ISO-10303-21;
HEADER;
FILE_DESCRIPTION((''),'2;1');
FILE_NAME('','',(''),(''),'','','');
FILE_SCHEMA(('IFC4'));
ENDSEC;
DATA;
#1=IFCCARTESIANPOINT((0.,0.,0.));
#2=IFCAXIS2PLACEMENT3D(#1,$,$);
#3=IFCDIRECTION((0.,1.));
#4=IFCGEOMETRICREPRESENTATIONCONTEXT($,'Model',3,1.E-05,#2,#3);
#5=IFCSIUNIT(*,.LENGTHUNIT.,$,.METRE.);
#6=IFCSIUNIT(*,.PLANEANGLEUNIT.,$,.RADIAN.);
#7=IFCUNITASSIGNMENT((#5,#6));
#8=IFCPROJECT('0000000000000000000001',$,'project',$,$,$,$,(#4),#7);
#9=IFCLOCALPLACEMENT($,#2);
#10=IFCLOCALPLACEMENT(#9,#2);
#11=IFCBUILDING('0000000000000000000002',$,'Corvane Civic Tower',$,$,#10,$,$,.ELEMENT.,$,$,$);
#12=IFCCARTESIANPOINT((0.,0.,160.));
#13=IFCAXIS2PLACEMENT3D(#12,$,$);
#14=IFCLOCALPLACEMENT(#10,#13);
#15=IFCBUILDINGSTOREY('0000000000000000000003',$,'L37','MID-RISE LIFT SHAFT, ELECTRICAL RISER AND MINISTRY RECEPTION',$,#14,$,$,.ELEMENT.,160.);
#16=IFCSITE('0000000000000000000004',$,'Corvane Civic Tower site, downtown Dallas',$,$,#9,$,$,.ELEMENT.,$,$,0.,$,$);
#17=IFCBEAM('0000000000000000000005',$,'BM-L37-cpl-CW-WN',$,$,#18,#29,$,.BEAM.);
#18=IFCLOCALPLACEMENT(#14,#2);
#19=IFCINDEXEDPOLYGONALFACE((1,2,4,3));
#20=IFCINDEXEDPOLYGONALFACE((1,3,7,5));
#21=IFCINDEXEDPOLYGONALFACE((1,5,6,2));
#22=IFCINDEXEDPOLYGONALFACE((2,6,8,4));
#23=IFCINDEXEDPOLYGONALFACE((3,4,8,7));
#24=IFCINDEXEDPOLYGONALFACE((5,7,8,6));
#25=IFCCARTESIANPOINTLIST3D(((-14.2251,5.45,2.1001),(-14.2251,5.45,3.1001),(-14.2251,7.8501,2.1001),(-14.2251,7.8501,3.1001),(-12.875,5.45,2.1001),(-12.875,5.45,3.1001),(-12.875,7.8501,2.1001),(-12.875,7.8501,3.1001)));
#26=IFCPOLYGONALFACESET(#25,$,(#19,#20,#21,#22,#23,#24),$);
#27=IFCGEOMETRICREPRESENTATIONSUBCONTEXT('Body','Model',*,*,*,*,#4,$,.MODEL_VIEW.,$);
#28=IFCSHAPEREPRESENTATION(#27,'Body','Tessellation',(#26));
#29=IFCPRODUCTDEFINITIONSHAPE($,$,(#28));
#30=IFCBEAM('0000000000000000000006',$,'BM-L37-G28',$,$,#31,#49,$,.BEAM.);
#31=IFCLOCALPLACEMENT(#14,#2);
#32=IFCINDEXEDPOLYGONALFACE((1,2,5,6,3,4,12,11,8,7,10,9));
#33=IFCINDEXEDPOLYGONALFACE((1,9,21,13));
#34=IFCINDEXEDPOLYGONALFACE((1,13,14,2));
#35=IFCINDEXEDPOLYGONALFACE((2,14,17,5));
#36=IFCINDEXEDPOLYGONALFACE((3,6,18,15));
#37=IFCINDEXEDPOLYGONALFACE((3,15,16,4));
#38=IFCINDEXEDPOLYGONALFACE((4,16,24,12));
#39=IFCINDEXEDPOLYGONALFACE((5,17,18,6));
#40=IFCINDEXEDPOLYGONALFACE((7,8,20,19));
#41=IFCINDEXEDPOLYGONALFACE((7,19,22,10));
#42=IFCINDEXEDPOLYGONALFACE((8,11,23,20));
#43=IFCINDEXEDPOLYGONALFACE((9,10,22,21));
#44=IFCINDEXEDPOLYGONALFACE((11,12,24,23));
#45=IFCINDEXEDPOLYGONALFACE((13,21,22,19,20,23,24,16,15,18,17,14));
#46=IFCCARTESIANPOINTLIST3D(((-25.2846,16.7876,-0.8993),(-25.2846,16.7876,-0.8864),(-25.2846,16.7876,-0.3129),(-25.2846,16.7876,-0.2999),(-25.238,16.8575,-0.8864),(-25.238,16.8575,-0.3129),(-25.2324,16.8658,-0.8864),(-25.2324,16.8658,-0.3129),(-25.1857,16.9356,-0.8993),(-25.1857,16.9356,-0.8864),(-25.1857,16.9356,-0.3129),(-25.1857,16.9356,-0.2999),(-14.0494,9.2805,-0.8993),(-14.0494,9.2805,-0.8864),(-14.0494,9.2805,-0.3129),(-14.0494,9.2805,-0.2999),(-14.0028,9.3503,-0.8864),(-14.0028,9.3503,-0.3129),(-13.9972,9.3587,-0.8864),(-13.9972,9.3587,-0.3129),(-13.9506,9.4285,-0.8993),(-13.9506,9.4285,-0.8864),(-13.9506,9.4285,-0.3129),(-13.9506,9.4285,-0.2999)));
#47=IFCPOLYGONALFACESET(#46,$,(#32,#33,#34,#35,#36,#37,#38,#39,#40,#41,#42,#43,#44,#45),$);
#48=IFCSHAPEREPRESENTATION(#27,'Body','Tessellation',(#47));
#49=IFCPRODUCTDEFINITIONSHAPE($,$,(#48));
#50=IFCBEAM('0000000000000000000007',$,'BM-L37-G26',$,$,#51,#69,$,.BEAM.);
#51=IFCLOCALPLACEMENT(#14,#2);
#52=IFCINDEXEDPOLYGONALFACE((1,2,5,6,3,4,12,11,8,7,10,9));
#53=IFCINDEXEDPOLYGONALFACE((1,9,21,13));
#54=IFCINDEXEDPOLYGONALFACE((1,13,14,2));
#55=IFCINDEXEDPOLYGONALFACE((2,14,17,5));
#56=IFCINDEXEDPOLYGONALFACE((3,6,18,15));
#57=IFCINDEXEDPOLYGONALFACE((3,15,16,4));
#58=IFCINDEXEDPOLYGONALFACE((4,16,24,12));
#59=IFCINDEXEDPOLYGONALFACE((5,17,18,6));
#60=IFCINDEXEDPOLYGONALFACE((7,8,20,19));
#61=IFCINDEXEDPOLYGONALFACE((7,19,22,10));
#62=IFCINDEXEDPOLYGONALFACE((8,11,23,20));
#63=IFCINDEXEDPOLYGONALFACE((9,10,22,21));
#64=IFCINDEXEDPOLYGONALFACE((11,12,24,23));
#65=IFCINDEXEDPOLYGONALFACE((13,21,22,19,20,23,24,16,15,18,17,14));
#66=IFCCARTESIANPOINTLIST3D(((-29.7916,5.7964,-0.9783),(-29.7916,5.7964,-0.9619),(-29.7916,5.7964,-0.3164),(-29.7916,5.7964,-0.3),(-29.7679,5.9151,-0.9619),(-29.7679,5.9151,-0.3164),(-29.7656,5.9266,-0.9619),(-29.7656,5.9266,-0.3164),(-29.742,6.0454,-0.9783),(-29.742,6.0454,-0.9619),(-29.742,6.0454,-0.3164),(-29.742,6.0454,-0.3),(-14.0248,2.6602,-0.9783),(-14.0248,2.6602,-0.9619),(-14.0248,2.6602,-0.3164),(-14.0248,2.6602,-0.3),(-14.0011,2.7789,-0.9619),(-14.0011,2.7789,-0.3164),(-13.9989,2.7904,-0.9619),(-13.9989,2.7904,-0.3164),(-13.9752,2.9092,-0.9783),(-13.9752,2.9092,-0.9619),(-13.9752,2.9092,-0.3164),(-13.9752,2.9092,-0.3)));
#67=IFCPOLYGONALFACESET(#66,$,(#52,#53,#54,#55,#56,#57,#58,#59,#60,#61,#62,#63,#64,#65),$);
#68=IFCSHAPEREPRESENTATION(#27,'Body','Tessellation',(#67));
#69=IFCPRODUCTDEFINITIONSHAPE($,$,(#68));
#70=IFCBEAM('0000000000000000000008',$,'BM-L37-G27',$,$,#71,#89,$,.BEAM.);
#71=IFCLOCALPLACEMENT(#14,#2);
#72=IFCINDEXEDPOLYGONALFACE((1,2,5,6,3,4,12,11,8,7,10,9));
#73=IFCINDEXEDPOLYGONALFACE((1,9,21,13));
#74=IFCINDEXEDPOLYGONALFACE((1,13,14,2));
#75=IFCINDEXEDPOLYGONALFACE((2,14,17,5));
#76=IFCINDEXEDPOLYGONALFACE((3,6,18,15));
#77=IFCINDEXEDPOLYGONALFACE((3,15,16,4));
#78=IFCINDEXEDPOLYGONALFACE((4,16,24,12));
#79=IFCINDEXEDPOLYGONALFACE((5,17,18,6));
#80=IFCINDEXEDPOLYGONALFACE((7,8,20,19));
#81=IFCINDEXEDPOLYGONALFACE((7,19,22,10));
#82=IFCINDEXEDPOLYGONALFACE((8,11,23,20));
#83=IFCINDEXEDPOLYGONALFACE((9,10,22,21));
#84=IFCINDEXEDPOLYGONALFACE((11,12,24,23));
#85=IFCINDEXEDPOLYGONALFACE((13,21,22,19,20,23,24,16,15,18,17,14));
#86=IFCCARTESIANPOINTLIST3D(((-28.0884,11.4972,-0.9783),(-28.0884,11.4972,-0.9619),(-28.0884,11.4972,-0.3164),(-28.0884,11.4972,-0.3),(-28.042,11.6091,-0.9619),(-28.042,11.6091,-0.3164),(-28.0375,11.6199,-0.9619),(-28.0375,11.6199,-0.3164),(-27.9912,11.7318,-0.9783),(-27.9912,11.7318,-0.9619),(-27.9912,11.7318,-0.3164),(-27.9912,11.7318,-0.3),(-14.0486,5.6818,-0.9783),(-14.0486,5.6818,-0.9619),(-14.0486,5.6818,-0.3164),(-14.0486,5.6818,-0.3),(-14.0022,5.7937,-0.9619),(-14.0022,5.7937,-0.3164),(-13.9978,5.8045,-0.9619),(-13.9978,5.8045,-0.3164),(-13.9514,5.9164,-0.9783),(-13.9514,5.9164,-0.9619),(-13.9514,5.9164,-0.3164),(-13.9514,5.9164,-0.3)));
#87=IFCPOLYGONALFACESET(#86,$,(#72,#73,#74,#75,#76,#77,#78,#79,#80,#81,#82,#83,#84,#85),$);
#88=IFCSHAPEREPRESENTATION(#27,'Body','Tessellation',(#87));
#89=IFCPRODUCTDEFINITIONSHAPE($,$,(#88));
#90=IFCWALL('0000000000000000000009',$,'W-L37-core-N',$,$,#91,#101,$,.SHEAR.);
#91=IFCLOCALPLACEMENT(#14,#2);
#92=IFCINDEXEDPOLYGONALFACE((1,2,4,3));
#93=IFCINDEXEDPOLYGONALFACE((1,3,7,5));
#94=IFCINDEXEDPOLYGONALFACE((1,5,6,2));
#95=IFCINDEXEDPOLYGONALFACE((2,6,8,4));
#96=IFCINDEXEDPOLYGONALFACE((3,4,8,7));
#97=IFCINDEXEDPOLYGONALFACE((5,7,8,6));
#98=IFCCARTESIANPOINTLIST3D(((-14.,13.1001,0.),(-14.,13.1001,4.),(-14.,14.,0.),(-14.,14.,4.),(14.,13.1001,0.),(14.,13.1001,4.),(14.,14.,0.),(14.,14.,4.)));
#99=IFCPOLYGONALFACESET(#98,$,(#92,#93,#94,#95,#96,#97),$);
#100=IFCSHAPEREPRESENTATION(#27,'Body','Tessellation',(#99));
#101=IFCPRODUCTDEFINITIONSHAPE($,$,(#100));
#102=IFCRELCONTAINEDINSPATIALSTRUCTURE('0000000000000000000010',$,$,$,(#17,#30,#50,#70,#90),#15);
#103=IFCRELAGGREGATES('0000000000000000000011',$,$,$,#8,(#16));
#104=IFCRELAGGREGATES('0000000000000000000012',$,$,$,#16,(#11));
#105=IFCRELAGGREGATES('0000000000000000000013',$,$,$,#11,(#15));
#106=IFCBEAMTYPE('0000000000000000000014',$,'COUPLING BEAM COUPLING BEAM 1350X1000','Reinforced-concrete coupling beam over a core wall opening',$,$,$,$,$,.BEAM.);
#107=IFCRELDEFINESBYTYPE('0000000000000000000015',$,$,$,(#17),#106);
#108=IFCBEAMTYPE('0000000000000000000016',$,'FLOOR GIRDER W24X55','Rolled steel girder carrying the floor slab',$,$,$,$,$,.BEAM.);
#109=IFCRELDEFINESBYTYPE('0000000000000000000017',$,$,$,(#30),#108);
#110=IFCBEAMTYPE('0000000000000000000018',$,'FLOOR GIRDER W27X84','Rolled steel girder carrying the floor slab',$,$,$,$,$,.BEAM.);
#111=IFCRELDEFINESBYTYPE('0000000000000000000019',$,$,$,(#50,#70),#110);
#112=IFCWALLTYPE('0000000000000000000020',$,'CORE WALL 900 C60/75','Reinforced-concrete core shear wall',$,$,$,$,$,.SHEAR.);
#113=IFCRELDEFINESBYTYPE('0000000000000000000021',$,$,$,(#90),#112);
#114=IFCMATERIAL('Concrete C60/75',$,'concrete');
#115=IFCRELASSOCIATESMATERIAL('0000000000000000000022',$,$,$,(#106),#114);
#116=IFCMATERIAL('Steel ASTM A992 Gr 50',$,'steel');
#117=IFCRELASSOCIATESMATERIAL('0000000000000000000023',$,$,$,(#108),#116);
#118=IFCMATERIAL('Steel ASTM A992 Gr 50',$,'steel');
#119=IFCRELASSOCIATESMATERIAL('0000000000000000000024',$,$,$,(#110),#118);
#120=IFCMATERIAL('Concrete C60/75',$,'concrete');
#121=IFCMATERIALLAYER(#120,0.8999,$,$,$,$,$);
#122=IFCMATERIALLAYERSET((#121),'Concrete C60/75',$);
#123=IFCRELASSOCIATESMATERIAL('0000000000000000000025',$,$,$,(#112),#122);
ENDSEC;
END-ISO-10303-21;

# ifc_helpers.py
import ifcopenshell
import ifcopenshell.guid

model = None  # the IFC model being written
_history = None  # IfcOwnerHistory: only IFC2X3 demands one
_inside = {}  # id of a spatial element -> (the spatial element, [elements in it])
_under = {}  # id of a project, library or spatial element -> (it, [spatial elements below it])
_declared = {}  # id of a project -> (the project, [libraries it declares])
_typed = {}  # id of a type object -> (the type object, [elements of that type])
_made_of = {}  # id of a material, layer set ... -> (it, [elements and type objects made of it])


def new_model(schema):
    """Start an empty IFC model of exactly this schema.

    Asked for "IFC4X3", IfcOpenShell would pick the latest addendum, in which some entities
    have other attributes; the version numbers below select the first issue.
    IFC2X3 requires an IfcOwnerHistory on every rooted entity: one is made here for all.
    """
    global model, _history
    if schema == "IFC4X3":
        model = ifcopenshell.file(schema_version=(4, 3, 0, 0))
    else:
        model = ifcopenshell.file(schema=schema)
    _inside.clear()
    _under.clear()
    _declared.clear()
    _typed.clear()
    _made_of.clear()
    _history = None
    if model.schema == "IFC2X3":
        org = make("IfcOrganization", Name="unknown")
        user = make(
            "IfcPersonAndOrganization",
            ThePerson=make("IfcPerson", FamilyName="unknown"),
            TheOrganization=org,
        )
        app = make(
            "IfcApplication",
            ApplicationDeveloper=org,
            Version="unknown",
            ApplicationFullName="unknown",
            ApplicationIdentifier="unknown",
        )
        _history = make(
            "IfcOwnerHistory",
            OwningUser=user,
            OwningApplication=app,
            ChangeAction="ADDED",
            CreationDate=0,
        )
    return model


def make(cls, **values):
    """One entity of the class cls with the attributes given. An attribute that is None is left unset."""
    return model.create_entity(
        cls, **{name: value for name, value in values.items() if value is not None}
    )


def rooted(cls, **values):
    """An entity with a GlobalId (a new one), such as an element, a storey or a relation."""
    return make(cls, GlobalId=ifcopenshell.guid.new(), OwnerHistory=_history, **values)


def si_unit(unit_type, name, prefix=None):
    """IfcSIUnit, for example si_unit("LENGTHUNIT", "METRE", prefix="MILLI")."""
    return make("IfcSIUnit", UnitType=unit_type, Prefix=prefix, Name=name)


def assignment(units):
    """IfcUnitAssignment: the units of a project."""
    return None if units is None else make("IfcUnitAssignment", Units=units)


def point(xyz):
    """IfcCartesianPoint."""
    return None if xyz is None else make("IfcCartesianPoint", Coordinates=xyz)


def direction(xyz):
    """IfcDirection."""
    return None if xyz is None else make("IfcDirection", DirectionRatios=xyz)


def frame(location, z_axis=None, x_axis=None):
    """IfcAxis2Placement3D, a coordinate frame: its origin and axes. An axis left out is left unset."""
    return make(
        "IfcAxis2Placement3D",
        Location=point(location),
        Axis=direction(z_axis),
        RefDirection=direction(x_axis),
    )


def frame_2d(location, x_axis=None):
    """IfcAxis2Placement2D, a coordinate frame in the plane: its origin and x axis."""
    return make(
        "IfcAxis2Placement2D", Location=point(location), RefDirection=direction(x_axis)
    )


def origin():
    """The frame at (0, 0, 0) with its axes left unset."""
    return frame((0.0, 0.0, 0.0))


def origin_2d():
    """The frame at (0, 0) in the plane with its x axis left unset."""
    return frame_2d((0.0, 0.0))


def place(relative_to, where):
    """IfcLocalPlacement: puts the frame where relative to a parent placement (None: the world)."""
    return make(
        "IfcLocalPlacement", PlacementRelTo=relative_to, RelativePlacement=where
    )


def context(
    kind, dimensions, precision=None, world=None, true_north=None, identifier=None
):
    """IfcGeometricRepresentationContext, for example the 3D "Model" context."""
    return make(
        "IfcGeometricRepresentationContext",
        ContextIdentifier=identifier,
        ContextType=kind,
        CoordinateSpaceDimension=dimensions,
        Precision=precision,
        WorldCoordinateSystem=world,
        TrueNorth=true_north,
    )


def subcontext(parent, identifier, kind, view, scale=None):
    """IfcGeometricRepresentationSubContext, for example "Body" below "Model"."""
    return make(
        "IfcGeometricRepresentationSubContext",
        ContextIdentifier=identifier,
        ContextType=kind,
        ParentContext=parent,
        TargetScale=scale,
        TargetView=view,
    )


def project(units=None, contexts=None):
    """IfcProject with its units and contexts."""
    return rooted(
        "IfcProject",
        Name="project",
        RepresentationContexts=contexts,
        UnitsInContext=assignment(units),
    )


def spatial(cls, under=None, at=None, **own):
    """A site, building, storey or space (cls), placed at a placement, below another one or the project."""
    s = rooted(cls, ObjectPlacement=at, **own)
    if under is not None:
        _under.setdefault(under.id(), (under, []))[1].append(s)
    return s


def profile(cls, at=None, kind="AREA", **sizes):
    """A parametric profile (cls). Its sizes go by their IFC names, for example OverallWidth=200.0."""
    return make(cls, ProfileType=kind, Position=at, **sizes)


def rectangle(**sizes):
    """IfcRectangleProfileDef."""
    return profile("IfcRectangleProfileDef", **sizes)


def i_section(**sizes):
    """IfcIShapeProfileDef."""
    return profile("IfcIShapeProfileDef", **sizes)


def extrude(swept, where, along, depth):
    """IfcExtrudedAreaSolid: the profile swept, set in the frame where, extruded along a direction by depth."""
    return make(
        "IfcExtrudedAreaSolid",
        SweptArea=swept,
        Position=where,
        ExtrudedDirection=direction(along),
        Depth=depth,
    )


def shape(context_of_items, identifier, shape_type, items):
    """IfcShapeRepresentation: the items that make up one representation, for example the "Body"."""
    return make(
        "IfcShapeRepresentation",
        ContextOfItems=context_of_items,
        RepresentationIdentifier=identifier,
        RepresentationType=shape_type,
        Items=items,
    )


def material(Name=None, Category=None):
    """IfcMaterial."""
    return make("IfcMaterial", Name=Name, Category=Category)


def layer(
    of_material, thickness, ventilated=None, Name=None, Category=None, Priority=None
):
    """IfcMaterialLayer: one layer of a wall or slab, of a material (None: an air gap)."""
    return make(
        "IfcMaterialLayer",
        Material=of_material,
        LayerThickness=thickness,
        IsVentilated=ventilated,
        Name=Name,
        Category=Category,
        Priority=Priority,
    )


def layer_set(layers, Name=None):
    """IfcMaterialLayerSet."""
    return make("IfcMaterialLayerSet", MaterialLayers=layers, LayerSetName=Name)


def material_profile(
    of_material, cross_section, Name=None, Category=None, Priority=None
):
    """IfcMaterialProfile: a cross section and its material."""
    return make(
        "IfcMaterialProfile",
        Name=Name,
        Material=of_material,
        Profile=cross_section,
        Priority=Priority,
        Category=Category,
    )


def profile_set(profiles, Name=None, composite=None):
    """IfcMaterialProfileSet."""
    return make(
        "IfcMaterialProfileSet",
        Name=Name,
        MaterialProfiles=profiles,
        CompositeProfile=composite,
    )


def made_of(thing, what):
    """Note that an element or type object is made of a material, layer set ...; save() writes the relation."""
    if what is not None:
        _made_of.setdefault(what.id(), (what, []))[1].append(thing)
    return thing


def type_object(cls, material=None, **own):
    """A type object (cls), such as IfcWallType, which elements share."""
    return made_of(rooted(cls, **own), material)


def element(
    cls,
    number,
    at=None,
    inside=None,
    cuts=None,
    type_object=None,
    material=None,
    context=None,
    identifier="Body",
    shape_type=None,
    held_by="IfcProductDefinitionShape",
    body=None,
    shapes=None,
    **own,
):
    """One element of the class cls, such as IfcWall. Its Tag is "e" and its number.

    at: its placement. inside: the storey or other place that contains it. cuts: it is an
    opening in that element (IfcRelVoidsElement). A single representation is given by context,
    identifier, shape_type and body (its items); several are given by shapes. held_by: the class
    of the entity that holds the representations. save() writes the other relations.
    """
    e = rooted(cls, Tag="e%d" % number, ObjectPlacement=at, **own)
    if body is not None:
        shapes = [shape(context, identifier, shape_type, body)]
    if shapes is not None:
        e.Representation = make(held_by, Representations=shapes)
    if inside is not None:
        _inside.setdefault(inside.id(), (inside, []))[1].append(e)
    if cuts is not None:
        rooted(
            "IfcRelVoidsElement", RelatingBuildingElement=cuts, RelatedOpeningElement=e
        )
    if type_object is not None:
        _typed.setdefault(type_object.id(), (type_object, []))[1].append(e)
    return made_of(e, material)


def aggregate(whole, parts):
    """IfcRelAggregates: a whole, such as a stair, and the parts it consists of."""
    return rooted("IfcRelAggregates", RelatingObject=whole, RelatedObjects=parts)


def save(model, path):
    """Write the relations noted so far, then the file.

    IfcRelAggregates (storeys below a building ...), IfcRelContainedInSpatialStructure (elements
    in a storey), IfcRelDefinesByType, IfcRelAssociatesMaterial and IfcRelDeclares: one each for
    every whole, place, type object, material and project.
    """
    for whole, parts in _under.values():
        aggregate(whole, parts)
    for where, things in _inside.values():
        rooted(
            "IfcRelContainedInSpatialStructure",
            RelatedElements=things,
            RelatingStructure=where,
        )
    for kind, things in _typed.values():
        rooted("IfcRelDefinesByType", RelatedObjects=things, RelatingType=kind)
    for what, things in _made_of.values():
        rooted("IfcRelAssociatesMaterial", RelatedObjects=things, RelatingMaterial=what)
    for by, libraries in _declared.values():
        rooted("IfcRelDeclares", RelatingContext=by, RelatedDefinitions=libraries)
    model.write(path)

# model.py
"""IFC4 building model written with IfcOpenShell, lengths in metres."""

from ifc_helpers import new_model, si_unit, direction, frame, frame_2d, origin, origin_2d, place, context, subcontext, project, spatial, rectangle, i_section, extrude, material, layer, layer_set, material_profile, profile_set, type_object, element, save


model = new_model("IFC4")

# Units and contexts
model_context = context("Model", 3, precision=1e-05, world=origin(), true_north=direction((0.0, 1.0)))
body_context = subcontext(model_context, "Body", "Model", "MODEL_VIEW")
ifc_project = project(units=[si_unit("LENGTHUNIT", "METRE"), si_unit("PLANEANGLEUNIT", "RADIAN")], contexts=[model_context])

# Site, building, storey
site_placement = place(None, origin())
site = spatial("IfcSite", under=ifc_project, at=site_placement, Name="Corvane Civic Tower site, downtown Dallas", CompositionType="ELEMENT", RefElevation=0.0)
building_placement = place(site_placement, origin())
building = spatial("IfcBuilding", under=site, at=building_placement, Name="Corvane Civic Tower", CompositionType="ELEMENT")
storey_placement = place(building_placement, frame((0.0, 0.0, 160.0)))
storey = spatial("IfcBuildingStorey", under=building, at=storey_placement, Name="L37", Description="MID-RISE LIFT SHAFT, ELECTRICAL RISER AND MINISTRY RECEPTION", CompositionType="ELEMENT", Elevation=160.0)

# Beams
ifc_material_1 = material(Name="Concrete C60/75", Category="concrete")
ifc_material_profile_1 = material_profile(ifc_material_1, rectangle(XDim=1.3501, YDim=1.0, at=origin_2d()), Name="COUPLING BEAM 1350X1000")
ifc_profile_set_1 = profile_set([ifc_material_profile_1], Name="Concrete C60/75")
beam_type_1 = type_object("IfcBeamType", Name="COUPLING BEAM COUPLING BEAM 1350X1000", Description="Reinforced-concrete coupling beam over a core wall opening", PredefinedType="BEAM", material=ifc_profile_set_1)
beam_1_placement = place(storey_placement, frame((-13.55, 5.45, 2.6001), z_axis=(0.0, 1.0, 0.0), x_axis=(-1.0, 0.0, 0.0)))
element("IfcBeam", 1, at=beam_1_placement, inside=storey, type_object=beam_type_1, Name="BM-L37-cpl-CW-WN", PredefinedType="BEAM", context=body_context, shape_type="SweptSolid", body=[
    extrude(rectangle(XDim=1.3501, YDim=1.0, at=origin_2d()), origin(), (0.0, 0.0, 1.0), 2.4001),
])
ifc_material_2 = material(Name="Steel ASTM A992 Gr 50", Category="steel")
ifc_material_profile_2 = material_profile(ifc_material_2, i_section(OverallWidth=0.178, OverallDepth=0.5994, WebThickness=0.01, FlangeThickness=0.0129, at=origin_2d()), Name="W24X55")
ifc_profile_set_2 = profile_set([ifc_material_profile_2], Name="Steel ASTM A992 Gr 50")
beam_type_2 = type_object("IfcBeamType", Name="FLOOR GIRDER W24X55", Description="Rolled steel girder carrying the floor slab", PredefinedType="BEAM", material=ifc_profile_set_2)
beam_2_placement = place(storey_placement, frame((-14.0, 9.3545, -0.5996), z_axis=(-0.831469, 0.555571, 0.0), x_axis=(-0.555571, -0.831469, 0.0)))
element("IfcBeam", 2, at=beam_2_placement, inside=storey, type_object=beam_type_2, Name="BM-L37-G28", PredefinedType="BEAM", context=body_context, shape_type="SweptSolid", body=[
    extrude(i_section(OverallWidth=0.178, OverallDepth=0.5994, WebThickness=0.01, FlangeThickness=0.0129, at=origin_2d()), origin(), (0.0, 0.0, 1.0), 13.5125),
])
ifc_material_3 = material(Name="Steel ASTM A992 Gr 50", Category="steel")
ifc_material_profile_3 = material_profile(ifc_material_3, i_section(OverallWidth=0.2539, OverallDepth=0.6782, WebThickness=0.0117, FlangeThickness=0.0164, at=origin_2d()), Name="W27X84")
ifc_profile_set_3 = profile_set([ifc_material_profile_3], Name="Steel ASTM A992 Gr 50")
beam_type_3 = type_object("IfcBeamType", Name="FLOOR GIRDER W27X84", Description="Rolled steel girder carrying the floor slab", PredefinedType="BEAM", material=ifc_profile_set_3)
beam_3_placement = place(storey_placement, frame((-14.0, 2.7847, -0.6392), z_axis=(-0.980785, 0.195091, 0.0), x_axis=(-0.195091, -0.980785, 0.0)))
element("IfcBeam", 3, at=beam_3_placement, inside=storey, type_object=beam_type_3, Name="BM-L37-G26", PredefinedType="BEAM", context=body_context, shape_type="SweptSolid", body=[
    extrude(i_section(OverallWidth=0.2539, OverallDepth=0.6782, WebThickness=0.0117, FlangeThickness=0.0164, at=origin_2d()), origin(), (0.0, 0.0, 1.0), 16.0757),
])
beam_4_placement = place(storey_placement, frame((-14.0, 5.7991, -0.6392), z_axis=(-0.923881, 0.382681, 0.0), x_axis=(-0.382681, -0.923881, 0.0)))
element("IfcBeam", 4, at=beam_4_placement, inside=storey, type_object=beam_type_3, Name="BM-L37-G27", PredefinedType="BEAM", context=body_context, shape_type="SweptSolid", body=[
    extrude(i_section(OverallWidth=0.2539, OverallDepth=0.6782, WebThickness=0.0117, FlangeThickness=0.0164, at=origin_2d()), origin(), (0.0, 0.0, 1.0), 15.1965),
])

# Wall
ifc_material_4 = material(Name="Concrete C60/75", Category="concrete")
ifc_layer_1 = layer(ifc_material_4, 0.8999)
ifc_layer_set_1 = layer_set([ifc_layer_1], Name="Concrete C60/75")
wall_type_1 = type_object("IfcWallType", Name="CORE WALL 900 C60/75", Description="Reinforced-concrete core shear wall", PredefinedType="SHEAR", material=ifc_layer_set_1)
wall_1_placement = place(storey_placement, frame((-14.0, 13.55, 0.0), z_axis=(0.0, 0.0, 1.0), x_axis=(1.0, 0.0, 0.0)))
element("IfcWall", 5, at=wall_1_placement, inside=storey, type_object=wall_type_1, Name="W-L37-core-N", PredefinedType="SHEAR", context=body_context, shape_type="SweptSolid", body=[
    extrude(rectangle(XDim=28.0, YDim=0.8999, at=frame_2d((14.0, 0.0))), origin(), (0.0, 0.0, 1.0), 4.0),
])

save(model, "model.ifc")
